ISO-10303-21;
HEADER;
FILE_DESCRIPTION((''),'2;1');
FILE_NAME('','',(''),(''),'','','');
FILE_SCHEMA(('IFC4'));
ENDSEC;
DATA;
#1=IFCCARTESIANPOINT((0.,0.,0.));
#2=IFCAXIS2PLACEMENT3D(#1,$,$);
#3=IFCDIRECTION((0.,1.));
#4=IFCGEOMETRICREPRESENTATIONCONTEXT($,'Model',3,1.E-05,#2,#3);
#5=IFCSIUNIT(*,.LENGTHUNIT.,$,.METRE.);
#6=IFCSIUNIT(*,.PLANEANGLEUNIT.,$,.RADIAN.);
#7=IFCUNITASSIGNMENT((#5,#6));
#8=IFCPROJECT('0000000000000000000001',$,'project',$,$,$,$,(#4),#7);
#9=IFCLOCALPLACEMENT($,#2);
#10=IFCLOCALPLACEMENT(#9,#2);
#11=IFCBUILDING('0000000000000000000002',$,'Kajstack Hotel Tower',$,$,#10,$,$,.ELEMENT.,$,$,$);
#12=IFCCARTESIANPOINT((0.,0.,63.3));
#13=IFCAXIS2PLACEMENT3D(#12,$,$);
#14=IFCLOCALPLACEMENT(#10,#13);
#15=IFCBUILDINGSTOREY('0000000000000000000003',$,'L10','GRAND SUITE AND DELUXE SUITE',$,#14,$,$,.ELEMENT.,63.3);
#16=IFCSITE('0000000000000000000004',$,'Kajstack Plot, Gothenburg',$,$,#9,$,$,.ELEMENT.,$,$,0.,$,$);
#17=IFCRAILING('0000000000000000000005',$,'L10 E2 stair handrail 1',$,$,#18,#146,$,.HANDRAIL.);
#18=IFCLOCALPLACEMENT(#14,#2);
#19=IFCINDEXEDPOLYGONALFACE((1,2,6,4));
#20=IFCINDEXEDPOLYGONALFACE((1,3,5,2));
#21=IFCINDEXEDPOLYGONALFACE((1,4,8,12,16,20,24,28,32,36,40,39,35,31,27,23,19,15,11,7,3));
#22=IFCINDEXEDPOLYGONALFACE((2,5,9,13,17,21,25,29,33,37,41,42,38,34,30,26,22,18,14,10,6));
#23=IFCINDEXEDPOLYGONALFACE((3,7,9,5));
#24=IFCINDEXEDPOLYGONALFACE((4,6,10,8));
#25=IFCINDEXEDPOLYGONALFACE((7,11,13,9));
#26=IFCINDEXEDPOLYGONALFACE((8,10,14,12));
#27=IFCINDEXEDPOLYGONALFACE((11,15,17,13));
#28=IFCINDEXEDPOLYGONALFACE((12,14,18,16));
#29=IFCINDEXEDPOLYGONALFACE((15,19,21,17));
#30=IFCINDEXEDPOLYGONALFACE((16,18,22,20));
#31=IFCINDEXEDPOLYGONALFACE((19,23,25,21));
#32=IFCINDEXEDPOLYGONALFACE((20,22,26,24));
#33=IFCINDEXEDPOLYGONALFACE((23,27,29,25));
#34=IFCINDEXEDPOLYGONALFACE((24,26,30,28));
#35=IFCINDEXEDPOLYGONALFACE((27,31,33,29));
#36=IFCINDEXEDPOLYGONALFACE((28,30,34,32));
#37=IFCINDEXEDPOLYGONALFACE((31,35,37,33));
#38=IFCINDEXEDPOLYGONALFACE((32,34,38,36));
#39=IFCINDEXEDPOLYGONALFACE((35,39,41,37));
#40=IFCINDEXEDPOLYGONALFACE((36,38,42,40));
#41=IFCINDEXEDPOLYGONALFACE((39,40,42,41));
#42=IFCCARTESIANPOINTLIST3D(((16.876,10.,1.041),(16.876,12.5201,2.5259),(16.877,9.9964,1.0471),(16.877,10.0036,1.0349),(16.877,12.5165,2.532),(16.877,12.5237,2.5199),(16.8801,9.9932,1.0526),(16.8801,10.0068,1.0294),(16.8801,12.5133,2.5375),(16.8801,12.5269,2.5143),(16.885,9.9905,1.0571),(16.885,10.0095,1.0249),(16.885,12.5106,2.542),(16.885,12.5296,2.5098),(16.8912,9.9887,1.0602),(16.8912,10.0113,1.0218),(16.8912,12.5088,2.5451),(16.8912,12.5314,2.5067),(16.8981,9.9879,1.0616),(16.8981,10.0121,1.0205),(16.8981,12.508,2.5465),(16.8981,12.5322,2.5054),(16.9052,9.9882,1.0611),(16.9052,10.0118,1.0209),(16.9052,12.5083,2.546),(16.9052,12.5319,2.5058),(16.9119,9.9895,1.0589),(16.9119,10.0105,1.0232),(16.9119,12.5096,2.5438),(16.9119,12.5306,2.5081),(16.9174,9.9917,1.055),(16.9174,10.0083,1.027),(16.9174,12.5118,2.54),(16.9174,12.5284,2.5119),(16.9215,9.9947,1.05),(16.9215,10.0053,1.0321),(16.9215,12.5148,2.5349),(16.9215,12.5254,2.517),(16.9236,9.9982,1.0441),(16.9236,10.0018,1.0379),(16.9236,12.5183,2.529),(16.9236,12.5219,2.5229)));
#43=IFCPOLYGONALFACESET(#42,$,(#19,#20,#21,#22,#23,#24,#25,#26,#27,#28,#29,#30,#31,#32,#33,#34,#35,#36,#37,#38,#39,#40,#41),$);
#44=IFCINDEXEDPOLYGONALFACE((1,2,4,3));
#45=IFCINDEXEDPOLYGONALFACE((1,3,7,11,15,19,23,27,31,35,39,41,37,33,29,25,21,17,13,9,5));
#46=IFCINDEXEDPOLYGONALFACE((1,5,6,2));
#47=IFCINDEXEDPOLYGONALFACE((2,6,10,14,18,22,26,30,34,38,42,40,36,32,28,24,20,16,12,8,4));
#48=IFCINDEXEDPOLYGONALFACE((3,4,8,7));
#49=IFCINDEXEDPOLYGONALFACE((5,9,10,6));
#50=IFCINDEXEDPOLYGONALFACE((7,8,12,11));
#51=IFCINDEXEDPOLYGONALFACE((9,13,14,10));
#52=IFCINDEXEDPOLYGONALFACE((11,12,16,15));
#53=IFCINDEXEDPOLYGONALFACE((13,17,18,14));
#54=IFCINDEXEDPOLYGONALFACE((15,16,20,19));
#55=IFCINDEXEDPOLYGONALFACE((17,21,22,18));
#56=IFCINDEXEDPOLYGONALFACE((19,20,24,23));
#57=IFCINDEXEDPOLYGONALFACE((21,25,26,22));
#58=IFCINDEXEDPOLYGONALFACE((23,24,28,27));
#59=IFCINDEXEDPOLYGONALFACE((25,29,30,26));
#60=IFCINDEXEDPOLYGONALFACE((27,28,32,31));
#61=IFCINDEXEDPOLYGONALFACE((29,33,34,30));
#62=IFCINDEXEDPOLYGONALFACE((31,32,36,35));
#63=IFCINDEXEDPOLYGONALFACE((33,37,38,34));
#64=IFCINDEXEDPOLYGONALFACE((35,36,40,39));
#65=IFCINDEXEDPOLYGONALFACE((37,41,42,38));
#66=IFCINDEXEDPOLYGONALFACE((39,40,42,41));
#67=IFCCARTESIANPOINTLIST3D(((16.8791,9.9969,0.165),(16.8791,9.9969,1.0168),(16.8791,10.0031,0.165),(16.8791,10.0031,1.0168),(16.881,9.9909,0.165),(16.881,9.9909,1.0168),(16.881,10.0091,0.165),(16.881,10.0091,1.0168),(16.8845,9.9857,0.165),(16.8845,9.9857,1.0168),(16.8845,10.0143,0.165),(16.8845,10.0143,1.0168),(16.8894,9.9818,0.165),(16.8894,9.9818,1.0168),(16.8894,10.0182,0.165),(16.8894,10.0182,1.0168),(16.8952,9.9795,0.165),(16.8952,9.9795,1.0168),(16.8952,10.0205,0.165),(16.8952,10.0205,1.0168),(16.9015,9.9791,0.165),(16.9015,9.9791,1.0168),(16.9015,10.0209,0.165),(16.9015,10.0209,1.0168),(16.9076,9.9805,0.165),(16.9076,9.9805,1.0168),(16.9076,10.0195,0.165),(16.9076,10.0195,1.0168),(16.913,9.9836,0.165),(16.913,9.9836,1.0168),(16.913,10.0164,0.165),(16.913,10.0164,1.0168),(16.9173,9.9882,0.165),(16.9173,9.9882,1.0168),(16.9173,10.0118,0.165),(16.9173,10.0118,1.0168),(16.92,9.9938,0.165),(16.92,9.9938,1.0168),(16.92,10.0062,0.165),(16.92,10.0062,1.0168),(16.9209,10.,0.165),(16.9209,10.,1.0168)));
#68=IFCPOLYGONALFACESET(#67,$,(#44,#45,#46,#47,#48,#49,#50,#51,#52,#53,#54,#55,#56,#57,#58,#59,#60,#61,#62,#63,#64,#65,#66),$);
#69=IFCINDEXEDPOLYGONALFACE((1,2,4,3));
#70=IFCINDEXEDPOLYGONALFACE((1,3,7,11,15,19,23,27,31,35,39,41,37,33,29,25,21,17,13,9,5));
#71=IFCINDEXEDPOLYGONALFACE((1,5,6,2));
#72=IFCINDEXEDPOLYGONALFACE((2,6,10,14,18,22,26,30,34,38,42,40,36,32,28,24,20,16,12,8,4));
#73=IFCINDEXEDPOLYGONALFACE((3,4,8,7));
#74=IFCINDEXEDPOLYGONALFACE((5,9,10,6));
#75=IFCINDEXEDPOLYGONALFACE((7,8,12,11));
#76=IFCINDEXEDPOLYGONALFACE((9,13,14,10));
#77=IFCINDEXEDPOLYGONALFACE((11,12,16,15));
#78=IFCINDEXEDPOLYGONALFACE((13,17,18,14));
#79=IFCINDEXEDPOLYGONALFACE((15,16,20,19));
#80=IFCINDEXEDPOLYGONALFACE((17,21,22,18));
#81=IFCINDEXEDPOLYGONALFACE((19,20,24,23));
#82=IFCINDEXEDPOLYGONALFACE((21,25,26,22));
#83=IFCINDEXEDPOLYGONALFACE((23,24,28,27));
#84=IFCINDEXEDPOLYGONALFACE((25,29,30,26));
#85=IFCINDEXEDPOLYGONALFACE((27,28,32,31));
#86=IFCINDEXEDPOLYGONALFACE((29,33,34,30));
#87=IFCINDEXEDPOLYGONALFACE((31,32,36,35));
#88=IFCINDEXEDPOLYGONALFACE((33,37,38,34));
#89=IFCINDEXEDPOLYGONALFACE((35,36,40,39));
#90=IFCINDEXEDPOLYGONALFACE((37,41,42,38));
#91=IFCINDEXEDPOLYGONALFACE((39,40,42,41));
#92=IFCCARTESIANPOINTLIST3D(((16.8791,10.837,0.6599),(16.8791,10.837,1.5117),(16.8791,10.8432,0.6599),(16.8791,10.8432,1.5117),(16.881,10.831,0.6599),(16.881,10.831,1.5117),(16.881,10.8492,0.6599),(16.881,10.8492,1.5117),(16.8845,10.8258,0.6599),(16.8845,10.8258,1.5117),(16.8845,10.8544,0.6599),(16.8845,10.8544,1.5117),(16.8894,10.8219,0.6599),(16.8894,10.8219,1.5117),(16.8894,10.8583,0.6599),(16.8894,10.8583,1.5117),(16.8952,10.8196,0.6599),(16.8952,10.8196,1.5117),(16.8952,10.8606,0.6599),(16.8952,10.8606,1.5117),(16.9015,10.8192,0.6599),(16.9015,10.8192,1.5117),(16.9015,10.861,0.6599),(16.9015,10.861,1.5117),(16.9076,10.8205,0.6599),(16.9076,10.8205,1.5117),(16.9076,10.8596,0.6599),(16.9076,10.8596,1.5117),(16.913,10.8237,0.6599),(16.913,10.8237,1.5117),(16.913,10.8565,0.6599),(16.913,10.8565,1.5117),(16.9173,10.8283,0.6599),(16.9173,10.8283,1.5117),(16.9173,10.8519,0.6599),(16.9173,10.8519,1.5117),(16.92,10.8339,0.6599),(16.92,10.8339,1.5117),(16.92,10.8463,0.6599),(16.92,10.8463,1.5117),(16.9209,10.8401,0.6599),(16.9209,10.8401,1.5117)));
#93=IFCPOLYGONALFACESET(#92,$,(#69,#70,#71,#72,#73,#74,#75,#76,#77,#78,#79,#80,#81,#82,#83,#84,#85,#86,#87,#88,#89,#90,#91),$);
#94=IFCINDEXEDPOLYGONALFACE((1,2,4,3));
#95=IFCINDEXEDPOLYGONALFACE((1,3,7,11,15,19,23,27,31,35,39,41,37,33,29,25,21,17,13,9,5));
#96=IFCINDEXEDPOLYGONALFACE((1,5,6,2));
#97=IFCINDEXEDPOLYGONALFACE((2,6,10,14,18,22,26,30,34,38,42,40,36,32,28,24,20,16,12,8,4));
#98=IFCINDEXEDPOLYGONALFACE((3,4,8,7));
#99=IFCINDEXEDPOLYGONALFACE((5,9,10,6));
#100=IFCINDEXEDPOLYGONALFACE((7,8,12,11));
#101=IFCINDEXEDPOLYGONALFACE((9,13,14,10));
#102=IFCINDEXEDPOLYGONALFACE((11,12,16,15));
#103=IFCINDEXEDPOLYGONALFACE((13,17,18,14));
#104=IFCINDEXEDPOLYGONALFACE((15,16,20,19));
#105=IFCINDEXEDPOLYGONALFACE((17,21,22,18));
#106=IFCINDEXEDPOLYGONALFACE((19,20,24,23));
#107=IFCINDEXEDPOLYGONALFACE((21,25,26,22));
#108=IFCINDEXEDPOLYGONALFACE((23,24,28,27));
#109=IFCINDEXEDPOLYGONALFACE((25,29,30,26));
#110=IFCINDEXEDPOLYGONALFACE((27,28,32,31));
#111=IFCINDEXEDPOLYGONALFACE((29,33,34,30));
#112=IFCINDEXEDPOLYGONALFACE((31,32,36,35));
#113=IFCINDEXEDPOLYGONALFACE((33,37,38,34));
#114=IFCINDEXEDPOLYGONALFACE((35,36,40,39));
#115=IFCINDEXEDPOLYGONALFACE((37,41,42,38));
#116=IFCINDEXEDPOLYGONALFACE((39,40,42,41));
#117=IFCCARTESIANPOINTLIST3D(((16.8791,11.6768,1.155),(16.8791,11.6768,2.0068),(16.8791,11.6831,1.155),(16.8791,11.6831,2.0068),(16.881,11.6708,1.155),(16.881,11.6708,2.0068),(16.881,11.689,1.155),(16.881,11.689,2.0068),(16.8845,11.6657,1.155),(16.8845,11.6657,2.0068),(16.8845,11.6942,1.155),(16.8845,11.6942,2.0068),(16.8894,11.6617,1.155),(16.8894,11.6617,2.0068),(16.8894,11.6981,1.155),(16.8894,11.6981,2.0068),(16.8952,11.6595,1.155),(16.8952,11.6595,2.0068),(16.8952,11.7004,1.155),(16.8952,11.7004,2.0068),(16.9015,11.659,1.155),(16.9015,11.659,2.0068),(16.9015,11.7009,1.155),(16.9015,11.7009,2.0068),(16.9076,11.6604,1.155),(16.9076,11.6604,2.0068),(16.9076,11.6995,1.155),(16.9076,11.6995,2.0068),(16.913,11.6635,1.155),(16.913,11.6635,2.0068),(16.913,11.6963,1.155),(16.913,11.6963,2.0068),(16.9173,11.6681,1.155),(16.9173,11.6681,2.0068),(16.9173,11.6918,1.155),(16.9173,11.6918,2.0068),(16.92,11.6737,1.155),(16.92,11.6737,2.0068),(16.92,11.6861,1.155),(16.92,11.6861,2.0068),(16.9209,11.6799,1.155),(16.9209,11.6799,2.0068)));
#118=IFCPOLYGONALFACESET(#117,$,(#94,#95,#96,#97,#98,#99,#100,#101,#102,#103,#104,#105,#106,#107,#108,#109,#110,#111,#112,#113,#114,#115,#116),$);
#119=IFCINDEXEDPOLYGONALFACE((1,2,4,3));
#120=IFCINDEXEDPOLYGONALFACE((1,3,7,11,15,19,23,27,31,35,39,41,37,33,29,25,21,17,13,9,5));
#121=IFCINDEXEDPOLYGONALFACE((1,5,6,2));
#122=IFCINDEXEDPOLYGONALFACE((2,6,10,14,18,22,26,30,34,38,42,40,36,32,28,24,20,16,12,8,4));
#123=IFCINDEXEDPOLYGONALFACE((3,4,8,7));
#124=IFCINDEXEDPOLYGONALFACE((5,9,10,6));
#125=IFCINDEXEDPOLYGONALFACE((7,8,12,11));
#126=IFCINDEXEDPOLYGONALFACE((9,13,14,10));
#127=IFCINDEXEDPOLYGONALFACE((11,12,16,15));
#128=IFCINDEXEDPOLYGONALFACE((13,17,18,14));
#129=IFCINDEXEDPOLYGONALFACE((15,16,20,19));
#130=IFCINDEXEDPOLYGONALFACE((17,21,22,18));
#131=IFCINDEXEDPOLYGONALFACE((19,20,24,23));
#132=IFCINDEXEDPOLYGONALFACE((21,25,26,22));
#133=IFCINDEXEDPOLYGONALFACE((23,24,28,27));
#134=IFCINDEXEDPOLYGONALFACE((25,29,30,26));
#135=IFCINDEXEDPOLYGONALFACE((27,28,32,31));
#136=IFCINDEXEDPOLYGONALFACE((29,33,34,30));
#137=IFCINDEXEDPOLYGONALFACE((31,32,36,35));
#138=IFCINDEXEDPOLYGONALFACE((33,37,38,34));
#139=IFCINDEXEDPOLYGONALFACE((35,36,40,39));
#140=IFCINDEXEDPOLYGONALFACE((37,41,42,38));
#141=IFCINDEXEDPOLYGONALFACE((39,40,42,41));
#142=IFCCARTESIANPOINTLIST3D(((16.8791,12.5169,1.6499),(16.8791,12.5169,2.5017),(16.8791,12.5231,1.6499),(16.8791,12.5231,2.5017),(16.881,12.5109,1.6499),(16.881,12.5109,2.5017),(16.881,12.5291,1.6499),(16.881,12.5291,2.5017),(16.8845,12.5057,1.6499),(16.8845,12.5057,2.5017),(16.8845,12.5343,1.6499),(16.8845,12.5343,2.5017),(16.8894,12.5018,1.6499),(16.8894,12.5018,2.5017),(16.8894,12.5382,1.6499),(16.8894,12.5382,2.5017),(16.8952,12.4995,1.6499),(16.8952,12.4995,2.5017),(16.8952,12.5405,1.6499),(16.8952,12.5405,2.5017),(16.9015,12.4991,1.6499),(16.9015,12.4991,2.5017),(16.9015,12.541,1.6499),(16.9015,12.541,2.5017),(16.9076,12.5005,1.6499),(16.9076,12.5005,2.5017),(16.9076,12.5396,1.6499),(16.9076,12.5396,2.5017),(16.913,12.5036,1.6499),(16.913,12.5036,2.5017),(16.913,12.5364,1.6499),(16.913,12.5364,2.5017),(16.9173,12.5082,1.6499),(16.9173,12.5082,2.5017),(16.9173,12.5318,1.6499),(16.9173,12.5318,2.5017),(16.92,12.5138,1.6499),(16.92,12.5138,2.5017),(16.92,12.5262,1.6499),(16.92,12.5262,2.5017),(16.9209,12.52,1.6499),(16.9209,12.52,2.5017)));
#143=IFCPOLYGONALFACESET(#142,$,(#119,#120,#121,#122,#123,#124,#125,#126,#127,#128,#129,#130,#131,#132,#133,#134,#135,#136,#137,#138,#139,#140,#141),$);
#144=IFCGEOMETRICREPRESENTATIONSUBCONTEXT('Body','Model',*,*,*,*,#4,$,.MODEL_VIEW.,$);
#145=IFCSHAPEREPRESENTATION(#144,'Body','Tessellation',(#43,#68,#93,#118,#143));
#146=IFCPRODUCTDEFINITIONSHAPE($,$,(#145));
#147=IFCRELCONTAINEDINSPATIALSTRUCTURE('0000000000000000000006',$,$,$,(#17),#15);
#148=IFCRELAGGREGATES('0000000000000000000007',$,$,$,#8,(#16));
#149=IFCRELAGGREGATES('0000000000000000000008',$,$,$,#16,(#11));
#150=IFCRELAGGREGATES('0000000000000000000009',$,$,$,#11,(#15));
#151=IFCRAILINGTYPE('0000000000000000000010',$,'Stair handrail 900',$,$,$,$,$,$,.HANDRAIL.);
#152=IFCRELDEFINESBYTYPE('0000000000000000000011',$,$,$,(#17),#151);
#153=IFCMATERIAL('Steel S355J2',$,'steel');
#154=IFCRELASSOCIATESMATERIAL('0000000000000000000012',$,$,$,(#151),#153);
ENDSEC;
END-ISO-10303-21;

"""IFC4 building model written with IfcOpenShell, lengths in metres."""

from ifc_helpers import new_model, si_unit, direction, frame, origin, origin_2d, place, context, subcontext, project, spatial, circle, extrude, material, type_object, element, save


model = new_model("IFC4")

# Units and contexts
model_context = context("Model", 3, precision=1e-05, world=origin(), true_north=direction((0.0, 1.0)))
body_context = subcontext(model_context, "Body", "Model", "MODEL_VIEW")
ifc_project = project(units=[si_unit("LENGTHUNIT", "METRE"), si_unit("PLANEANGLEUNIT", "RADIAN")], contexts=[model_context])

# Site, building, storey
site_placement = place(None, origin())
site = spatial("IfcSite", under=ifc_project, at=site_placement, Name="Kajstack Plot, Gothenburg", CompositionType="ELEMENT", RefElevation=0.0)
building_placement = place(site_placement, origin())
building = spatial("IfcBuilding", under=site, at=building_placement, Name="Kajstack Hotel Tower", CompositionType="ELEMENT")
storey_placement = place(building_placement, frame((0.0, 0.0, 63.3)))
storey = spatial("IfcBuildingStorey", under=building, at=storey_placement, Name="L10", Description="GRAND SUITE AND DELUXE SUITE", CompositionType="ELEMENT", Elevation=63.3)

# Railing
ifc_material_1 = material(Name="Steel S355J2", Category="steel")
railing_type_1 = type_object("IfcRailingType", Name="Stair handrail 900", PredefinedType="HANDRAIL", material=ifc_material_1)
railing_1_placement = place(storey_placement, frame((16.8999, 10.0, 0.165)))
element("IfcRailing", 1, at=railing_1_placement, inside=storey, type_object=railing_type_1, Name="L10 E2 stair handrail 1", PredefinedType="HANDRAIL", context=body_context, shape_type="SweptSolid", body=[
    extrude(circle(Radius=0.0239, at=origin_2d()), frame((0.0, 0.0, 0.876), z_axis=(0.0, 0.861561, 0.507655), x_axis=(-1.0, 0.0, 0.0)), (0.0, 0.0, 1.0), 2.925),
    extrude(circle(Radius=0.021, at=origin_2d()), origin(), (0.0, 0.0, 1.0), 0.8518),
    extrude(circle(Radius=0.021, at=origin_2d()), frame((0.0, 0.8401, 0.4949)), (0.0, 0.0, 1.0), 0.8518),
    extrude(circle(Radius=0.021, at=origin_2d()), frame((0.0, 1.6799, 0.99)), (0.0, 0.0, 1.0), 0.8518),
    extrude(circle(Radius=0.021, at=origin_2d()), frame((0.0, 2.52, 1.4849)), (0.0, 0.0, 1.0), 0.8518),
])

save(model, "model.ifc")
